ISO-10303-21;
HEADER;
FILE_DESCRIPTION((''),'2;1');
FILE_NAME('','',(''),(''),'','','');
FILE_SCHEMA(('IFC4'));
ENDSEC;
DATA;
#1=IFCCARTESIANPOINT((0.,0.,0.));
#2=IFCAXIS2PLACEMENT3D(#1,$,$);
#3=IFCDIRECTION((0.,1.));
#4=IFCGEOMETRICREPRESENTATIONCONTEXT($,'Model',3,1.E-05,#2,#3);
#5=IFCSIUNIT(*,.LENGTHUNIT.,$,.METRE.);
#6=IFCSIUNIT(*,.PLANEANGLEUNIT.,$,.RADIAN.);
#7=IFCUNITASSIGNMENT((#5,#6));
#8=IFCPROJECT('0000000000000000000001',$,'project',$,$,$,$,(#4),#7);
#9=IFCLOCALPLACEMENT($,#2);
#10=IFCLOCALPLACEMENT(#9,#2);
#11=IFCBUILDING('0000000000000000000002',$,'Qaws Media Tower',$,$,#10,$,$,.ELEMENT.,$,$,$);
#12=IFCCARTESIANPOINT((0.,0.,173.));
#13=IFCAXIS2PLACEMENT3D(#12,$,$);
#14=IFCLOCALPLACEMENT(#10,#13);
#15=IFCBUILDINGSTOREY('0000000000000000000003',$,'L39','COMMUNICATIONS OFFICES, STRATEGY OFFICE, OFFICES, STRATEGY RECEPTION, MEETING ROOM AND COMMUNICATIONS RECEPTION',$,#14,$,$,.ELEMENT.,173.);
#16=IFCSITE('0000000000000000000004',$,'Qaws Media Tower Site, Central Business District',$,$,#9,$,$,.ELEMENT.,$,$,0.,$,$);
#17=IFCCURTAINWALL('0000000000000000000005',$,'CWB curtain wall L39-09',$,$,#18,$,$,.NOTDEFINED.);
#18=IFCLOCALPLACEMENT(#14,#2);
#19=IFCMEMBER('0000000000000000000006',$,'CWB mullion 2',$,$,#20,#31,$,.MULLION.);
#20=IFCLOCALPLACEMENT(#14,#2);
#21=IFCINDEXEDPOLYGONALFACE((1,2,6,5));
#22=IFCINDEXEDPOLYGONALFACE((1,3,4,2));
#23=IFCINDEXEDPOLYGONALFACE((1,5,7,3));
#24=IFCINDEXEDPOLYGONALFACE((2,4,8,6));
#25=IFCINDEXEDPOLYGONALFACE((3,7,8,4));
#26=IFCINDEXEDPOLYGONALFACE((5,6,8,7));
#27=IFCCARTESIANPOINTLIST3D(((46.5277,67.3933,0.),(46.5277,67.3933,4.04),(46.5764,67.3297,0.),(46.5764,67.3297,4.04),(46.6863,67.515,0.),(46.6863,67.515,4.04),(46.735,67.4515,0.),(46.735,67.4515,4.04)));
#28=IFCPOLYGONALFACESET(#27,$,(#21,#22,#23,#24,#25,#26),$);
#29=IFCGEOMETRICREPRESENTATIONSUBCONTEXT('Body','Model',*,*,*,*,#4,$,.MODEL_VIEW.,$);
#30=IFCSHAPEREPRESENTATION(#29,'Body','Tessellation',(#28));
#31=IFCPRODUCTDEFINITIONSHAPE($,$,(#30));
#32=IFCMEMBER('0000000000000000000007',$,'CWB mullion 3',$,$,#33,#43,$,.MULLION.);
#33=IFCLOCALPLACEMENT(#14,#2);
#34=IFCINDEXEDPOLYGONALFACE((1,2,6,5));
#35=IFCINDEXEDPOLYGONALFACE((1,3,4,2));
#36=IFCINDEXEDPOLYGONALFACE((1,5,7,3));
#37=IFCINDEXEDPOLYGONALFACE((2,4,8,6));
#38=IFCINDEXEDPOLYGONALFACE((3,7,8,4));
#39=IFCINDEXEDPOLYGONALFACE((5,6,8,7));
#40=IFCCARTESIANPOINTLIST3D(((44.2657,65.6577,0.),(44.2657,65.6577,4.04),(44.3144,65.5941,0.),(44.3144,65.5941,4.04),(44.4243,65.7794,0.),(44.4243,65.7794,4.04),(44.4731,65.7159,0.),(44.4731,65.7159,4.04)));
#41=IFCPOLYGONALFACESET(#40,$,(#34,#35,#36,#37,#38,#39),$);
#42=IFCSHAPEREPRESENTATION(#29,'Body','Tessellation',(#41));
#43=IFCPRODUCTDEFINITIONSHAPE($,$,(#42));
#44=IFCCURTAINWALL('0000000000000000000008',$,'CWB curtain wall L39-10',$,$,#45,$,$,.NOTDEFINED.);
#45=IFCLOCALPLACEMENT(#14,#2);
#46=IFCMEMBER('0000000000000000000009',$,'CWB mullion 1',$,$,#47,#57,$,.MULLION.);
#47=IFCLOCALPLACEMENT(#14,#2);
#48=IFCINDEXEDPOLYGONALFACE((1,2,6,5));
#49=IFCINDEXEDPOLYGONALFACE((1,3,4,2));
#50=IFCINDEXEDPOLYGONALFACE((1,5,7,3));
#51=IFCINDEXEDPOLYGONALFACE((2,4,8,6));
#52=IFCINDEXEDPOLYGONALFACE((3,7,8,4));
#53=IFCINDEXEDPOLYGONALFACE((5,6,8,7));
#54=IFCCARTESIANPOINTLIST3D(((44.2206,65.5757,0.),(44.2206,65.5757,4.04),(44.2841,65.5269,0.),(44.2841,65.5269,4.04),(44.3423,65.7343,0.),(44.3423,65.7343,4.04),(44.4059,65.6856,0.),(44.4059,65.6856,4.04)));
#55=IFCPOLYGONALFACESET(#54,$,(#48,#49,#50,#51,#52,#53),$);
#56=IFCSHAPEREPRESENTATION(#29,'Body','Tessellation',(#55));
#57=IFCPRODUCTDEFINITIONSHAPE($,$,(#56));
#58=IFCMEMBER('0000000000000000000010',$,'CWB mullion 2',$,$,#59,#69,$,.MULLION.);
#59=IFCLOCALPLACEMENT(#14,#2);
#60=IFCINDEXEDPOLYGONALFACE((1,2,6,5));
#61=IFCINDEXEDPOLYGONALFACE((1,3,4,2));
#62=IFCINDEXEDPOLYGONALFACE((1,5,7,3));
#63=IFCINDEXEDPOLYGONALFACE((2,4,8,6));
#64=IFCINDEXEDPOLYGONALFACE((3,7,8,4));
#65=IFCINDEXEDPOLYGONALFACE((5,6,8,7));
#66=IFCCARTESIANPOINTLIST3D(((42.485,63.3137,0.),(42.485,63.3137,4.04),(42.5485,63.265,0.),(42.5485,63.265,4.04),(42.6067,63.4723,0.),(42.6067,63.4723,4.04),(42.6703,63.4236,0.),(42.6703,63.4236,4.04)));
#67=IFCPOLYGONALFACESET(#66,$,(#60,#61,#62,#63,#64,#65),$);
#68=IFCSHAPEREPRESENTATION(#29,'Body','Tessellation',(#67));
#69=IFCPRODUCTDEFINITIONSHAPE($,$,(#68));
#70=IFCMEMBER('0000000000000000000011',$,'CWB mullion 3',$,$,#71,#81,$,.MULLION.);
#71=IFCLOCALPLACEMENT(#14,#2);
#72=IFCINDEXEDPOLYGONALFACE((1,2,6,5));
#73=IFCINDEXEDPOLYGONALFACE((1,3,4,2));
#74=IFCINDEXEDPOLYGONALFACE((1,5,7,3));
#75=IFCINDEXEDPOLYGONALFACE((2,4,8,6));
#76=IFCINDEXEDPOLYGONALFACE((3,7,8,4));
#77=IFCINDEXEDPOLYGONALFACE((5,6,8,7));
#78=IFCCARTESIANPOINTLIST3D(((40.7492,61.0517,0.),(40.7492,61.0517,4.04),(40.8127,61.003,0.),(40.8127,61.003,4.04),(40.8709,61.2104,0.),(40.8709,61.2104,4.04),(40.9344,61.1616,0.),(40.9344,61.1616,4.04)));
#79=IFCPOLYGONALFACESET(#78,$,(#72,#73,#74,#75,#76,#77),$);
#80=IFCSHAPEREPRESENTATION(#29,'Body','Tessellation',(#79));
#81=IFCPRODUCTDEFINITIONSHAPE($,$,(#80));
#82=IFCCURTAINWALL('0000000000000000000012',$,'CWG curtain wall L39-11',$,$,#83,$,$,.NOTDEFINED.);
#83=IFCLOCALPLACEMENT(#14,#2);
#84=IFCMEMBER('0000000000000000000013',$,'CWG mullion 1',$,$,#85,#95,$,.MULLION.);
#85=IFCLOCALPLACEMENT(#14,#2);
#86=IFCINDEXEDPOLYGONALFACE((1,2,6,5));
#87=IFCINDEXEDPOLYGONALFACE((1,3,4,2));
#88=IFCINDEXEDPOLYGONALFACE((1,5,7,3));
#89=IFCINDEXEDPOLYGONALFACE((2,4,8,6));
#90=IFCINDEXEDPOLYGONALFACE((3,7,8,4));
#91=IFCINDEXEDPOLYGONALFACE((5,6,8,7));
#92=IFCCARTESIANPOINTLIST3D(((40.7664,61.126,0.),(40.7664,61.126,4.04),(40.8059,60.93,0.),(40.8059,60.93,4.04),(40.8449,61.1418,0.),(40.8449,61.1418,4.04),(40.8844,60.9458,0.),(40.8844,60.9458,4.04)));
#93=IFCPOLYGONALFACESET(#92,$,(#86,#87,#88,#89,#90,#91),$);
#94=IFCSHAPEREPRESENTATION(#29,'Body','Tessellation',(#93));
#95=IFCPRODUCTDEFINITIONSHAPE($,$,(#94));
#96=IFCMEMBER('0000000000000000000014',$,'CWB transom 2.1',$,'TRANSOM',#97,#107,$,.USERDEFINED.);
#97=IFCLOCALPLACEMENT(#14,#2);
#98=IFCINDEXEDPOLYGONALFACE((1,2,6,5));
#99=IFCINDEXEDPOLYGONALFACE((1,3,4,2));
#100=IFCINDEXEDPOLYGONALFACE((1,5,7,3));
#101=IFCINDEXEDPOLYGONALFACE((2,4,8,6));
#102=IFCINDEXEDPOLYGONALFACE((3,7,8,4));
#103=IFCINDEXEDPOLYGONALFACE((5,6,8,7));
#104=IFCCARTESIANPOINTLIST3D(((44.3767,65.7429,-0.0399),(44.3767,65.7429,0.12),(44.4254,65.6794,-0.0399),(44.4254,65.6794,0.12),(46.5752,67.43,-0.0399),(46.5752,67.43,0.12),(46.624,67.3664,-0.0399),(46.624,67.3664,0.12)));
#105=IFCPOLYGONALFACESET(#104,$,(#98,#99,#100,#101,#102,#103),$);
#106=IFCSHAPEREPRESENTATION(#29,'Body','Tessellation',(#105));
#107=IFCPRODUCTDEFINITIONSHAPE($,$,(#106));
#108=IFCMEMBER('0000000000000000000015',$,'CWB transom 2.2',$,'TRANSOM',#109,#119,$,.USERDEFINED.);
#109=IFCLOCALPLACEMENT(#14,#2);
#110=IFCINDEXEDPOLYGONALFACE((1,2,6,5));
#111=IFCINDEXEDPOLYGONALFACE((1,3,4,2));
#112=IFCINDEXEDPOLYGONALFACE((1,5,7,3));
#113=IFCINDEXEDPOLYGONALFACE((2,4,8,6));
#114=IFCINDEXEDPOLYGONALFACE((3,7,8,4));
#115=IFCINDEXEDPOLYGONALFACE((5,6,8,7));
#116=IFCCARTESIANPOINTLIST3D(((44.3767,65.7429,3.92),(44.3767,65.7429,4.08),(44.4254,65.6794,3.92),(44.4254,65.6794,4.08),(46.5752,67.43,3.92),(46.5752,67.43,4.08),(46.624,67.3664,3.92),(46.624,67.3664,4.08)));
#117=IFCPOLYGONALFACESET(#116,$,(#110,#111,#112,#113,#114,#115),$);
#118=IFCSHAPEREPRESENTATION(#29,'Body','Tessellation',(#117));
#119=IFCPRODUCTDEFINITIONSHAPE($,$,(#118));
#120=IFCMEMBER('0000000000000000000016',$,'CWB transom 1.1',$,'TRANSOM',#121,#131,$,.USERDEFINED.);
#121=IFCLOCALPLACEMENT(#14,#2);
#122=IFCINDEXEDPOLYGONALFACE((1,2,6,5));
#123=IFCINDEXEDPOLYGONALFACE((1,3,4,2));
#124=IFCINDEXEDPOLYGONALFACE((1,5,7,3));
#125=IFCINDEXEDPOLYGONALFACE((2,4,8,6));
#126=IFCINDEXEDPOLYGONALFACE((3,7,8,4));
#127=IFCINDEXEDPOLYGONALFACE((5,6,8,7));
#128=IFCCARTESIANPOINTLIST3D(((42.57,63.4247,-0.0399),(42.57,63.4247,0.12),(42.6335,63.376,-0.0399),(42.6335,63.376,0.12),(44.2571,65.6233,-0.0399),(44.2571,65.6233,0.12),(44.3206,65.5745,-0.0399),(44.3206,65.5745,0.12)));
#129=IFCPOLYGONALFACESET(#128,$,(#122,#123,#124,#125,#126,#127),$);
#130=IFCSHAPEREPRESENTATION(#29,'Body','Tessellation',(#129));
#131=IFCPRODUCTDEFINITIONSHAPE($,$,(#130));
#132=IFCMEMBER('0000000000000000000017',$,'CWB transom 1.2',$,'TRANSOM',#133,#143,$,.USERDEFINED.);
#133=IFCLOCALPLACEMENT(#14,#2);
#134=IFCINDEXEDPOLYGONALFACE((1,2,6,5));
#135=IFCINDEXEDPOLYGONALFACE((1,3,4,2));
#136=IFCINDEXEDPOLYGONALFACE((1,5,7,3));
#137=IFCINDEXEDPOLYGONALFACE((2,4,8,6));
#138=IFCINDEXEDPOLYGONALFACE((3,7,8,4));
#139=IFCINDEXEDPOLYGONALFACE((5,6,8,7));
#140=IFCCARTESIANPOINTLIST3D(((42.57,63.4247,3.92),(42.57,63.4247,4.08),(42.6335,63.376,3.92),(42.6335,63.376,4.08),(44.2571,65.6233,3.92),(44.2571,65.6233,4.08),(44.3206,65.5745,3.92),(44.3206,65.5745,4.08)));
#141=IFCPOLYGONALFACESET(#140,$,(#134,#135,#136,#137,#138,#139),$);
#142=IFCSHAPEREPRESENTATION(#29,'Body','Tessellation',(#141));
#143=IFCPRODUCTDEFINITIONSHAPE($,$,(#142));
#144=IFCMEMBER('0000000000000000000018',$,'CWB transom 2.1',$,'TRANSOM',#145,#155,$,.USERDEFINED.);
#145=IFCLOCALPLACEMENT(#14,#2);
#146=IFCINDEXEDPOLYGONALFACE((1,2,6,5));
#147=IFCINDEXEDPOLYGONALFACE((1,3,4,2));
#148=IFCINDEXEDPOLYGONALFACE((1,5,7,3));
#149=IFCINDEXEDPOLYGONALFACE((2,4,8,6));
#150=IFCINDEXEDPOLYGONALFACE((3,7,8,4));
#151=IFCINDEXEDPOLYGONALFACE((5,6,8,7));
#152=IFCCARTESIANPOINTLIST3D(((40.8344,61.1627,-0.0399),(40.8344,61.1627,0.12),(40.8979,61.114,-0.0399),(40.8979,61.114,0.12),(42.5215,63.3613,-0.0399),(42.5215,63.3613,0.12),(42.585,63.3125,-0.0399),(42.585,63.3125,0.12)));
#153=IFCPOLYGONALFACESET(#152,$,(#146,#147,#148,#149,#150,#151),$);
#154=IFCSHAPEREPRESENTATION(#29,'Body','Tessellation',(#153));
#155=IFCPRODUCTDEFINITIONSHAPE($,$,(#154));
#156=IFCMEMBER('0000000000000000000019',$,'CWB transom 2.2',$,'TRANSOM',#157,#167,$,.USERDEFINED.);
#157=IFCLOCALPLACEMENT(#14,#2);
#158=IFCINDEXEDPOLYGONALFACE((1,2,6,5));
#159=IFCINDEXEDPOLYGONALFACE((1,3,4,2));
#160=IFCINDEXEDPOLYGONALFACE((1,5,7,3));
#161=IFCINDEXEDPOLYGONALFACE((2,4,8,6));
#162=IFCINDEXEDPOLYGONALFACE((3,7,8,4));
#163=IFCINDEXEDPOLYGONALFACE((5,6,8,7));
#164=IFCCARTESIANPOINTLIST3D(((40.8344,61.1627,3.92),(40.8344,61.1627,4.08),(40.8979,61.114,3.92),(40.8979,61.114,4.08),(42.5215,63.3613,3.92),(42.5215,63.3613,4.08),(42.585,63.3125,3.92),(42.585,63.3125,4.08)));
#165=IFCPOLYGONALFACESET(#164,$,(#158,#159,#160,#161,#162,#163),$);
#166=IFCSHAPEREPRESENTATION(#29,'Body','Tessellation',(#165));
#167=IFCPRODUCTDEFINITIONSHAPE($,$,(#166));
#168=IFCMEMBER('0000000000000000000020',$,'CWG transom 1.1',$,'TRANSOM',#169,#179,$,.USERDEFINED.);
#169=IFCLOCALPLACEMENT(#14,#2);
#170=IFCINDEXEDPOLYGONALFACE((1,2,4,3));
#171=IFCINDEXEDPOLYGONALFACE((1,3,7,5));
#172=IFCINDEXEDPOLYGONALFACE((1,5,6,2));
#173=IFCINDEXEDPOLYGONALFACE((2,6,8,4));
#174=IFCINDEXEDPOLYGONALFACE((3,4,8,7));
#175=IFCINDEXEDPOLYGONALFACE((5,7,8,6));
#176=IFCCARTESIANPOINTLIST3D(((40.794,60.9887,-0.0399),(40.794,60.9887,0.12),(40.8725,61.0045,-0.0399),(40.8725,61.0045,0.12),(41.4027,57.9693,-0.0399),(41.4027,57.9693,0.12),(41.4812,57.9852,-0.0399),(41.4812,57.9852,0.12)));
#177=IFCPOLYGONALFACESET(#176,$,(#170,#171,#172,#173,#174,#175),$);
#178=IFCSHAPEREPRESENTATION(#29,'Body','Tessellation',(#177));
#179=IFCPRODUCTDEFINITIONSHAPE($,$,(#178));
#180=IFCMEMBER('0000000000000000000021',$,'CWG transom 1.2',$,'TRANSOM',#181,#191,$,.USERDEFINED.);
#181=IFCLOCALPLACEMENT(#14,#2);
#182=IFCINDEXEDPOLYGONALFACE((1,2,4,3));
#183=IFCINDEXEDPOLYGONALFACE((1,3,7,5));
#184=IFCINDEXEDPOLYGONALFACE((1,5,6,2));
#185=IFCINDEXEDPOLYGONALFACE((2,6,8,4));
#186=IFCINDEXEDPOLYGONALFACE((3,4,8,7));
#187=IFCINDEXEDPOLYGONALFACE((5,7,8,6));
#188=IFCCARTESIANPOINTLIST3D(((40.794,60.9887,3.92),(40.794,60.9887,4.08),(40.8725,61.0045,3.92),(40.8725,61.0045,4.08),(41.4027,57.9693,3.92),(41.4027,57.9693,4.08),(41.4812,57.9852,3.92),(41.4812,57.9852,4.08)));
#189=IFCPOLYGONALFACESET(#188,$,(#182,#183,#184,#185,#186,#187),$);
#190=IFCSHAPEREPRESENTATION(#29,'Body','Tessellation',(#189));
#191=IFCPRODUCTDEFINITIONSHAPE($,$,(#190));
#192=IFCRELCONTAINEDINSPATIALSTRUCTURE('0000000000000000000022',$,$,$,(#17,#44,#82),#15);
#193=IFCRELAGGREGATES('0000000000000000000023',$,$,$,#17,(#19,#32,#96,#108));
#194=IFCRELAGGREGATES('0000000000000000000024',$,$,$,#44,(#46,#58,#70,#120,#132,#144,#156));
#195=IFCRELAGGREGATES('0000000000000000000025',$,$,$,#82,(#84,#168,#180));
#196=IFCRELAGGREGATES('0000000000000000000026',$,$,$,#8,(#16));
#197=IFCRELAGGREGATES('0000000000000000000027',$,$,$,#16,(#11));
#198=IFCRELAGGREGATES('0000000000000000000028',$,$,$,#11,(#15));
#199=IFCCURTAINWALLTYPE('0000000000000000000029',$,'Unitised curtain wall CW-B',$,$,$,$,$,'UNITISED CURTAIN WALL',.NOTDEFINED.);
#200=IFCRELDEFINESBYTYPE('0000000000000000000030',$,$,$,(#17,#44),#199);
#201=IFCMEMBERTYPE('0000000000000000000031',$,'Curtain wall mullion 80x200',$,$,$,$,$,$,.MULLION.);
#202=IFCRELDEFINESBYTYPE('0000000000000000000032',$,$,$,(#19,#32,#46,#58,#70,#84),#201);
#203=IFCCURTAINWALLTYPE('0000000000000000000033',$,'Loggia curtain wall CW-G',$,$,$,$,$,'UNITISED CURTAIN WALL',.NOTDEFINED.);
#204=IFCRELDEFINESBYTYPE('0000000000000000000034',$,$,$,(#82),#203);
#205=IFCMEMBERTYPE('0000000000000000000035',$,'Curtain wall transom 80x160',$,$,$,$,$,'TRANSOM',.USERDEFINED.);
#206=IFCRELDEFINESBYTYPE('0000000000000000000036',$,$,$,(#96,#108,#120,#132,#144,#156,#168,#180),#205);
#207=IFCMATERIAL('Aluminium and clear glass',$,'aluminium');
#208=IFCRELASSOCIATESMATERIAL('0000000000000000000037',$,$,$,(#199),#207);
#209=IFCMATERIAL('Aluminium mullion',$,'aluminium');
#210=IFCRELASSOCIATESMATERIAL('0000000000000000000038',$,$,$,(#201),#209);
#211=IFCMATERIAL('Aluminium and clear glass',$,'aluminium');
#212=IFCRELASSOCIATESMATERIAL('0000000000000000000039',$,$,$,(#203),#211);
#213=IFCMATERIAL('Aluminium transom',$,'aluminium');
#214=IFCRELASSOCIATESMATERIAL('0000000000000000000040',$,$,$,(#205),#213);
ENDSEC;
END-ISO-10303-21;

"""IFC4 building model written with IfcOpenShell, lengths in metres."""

from ifc_helpers import new_model, si_unit, direction, frame, origin, origin_2d, place, context, subcontext, project, spatial, rectangle, extrude, material, material_profile, profile_set, type_object, element, aggregate, save


model = new_model("IFC4")

# Units and contexts
model_context = context("Model", 3, precision=1e-05, world=origin(), true_north=direction((0.0, 1.0)))
body_context = subcontext(model_context, "Body", "Model", "MODEL_VIEW")
ifc_project = project(units=[si_unit("LENGTHUNIT", "METRE"), si_unit("PLANEANGLEUNIT", "RADIAN")], contexts=[model_context])

# Site, building, storey
site_placement = place(None, origin())
site = spatial("IfcSite", under=ifc_project, at=site_placement, Name="Qaws Media Tower Site, Central Business District", CompositionType="ELEMENT", RefElevation=0.0)
building_placement = place(site_placement, origin())
building = spatial("IfcBuilding", under=site, at=building_placement, Name="Qaws Media Tower", CompositionType="ELEMENT")
storey_placement = place(building_placement, frame((0.0, 0.0, 173.0)))
storey = spatial("IfcBuildingStorey", under=building, at=storey_placement, Name="L39", Description="COMMUNICATIONS OFFICES, STRATEGY OFFICE, OFFICES, STRATEGY RECEPTION, MEETING ROOM AND COMMUNICATIONS RECEPTION", CompositionType="ELEMENT", Elevation=173.0)

# Curtain walls, members
ifc_material_1 = material(Name="Aluminium and clear glass", Category="aluminium")
curtain_wall_type_1 = type_object("IfcCurtainWallType", Name="Unitised curtain wall CW-B", ElementType="UNITISED CURTAIN WALL", PredefinedType="NOTDEFINED", material=ifc_material_1)
curtain_wall_1_placement = place(storey_placement, origin())
curtain_wall_1 = element("IfcCurtainWall", 1, at=curtain_wall_1_placement, inside=storey, type_object=curtain_wall_type_1, Name="CWB curtain wall L39-09", PredefinedType="NOTDEFINED")
ifc_material_2 = material(Name="Aluminium mullion", Category="aluminium")
ifc_material_profile_1 = material_profile(ifc_material_2, rectangle(XDim=0.0801, YDim=0.2, at=origin_2d()), Name="80x200")
ifc_profile_set_1 = profile_set([ifc_material_profile_1], Name="Aluminium mullion")
member_type_1 = type_object("IfcMemberType", Name="Curtain wall mullion 80x200", PredefinedType="MULLION", material=ifc_profile_set_1)
member_1_placement = place(storey_placement, frame((46.6313, 67.4224, 0.0), z_axis=(0.0, 0.0, 1.0), x_axis=(0.608762, -0.793353, 0.0)))
member_1 = element("IfcMember", 2, at=member_1_placement, type_object=member_type_1, Name="CWB mullion 2", PredefinedType="MULLION", context=body_context, shape_type="SweptSolid", body=[
    extrude(rectangle(XDim=0.0801, YDim=0.2, at=origin_2d()), origin(), (0.0, 0.0, 1.0), 4.04),
])
member_2_placement = place(storey_placement, frame((44.3694, 65.6868, 0.0), z_axis=(0.0, 0.0, 1.0), x_axis=(0.608762, -0.793353, 0.0)))
member_2 = element("IfcMember", 3, at=member_2_placement, type_object=member_type_1, Name="CWB mullion 3", PredefinedType="MULLION", context=body_context, shape_type="SweptSolid", body=[
    extrude(rectangle(XDim=0.0801, YDim=0.2, at=origin_2d()), origin(), (0.0, 0.0, 1.0), 4.04),
])
curtain_wall_2_placement = place(storey_placement, origin())
curtain_wall_2 = element("IfcCurtainWall", 4, at=curtain_wall_2_placement, inside=storey, type_object=curtain_wall_type_1, Name="CWB curtain wall L39-10", PredefinedType="NOTDEFINED")
member_3_placement = place(storey_placement, frame((44.3132, 65.6306, 0.0), z_axis=(0.0, 0.0, 1.0), x_axis=(0.793353, -0.608762, 0.0)))
member_3 = element("IfcMember", 5, at=member_3_placement, type_object=member_type_1, Name="CWB mullion 1", PredefinedType="MULLION", context=body_context, shape_type="SweptSolid", body=[
    extrude(rectangle(XDim=0.0801, YDim=0.2, at=origin_2d()), origin(), (0.0, 0.0, 1.0), 4.04),
])
member_4_placement = place(storey_placement, frame((42.5776, 63.3687, 0.0), z_axis=(0.0, 0.0, 1.0), x_axis=(0.793353, -0.608762, 0.0)))
member_4 = element("IfcMember", 6, at=member_4_placement, type_object=member_type_1, Name="CWB mullion 2", PredefinedType="MULLION", context=body_context, shape_type="SweptSolid", body=[
    extrude(rectangle(XDim=0.0801, YDim=0.2, at=origin_2d()), origin(), (0.0, 0.0, 1.0), 4.04),
])
member_5_placement = place(storey_placement, frame((40.8418, 61.1067, 0.0), z_axis=(0.0, 0.0, 1.0), x_axis=(0.793353, -0.608762, 0.0)))
member_5 = element("IfcMember", 7, at=member_5_placement, type_object=member_type_1, Name="CWB mullion 3", PredefinedType="MULLION", context=body_context, shape_type="SweptSolid", body=[
    extrude(rectangle(XDim=0.0801, YDim=0.2, at=origin_2d()), origin(), (0.0, 0.0, 1.0), 4.04),
])

# Curtain wall, member
ifc_material_3 = material(Name="Aluminium and clear glass", Category="aluminium")
curtain_wall_type_2 = type_object("IfcCurtainWallType", Name="Loggia curtain wall CW-G", ElementType="UNITISED CURTAIN WALL", PredefinedType="NOTDEFINED", material=ifc_material_3)
curtain_wall_3_placement = place(storey_placement, origin())
curtain_wall_3 = element("IfcCurtainWall", 8, at=curtain_wall_3_placement, inside=storey, type_object=curtain_wall_type_2, Name="CWG curtain wall L39-11", PredefinedType="NOTDEFINED")
member_6_placement = place(storey_placement, frame((40.8254, 61.0359, 0.0), z_axis=(0.0, 0.0, 1.0), x_axis=(0.980286, 0.197582, 0.0)))
member_6 = element("IfcMember", 9, at=member_6_placement, type_object=member_type_1, Name="CWG mullion 1", PredefinedType="MULLION", context=body_context, shape_type="SweptSolid", body=[
    extrude(rectangle(XDim=0.0801, YDim=0.2, at=origin_2d()), origin(), (0.0, 0.0, 1.0), 4.04),
])

# Members
ifc_material_4 = material(Name="Aluminium transom", Category="aluminium")
ifc_material_profile_2 = material_profile(ifc_material_4, rectangle(XDim=0.0801, YDim=0.1599, at=origin_2d()), Name="80x160")
ifc_profile_set_2 = profile_set([ifc_material_profile_2], Name="Aluminium transom")
member_type_2 = type_object("IfcMemberType", Name="Curtain wall transom 80x160", ElementType="TRANSOM", PredefinedType="USERDEFINED", material=ifc_profile_set_2)
member_7_placement = place(storey_placement, frame((46.5996, 67.3982, 0.04), z_axis=(-0.793344, -0.608774, 0.0), x_axis=(0.608774, -0.793344, 0.0)))
member_7 = element("IfcMember", 10, at=member_7_placement, type_object=member_type_2, Name="CWB transom 2.1", ObjectType="TRANSOM", PredefinedType="USERDEFINED", context=body_context, shape_type="SweptSolid", body=[
    extrude(rectangle(XDim=0.0801, YDim=0.1599, at=origin_2d()), origin(), (0.0, 0.0, 1.0), 2.7712),
])
member_8_placement = place(storey_placement, frame((46.5996, 67.3982, 4.0), z_axis=(-0.793344, -0.608774, 0.0), x_axis=(0.608774, -0.793344, 0.0)))
member_8 = element("IfcMember", 11, at=member_8_placement, type_object=member_type_2, Name="CWB transom 2.2", ObjectType="TRANSOM", PredefinedType="USERDEFINED", context=body_context, shape_type="SweptSolid", body=[
    extrude(rectangle(XDim=0.0801, YDim=0.1599, at=origin_2d()), origin(), (0.0, 0.0, 1.0), 2.7712),
])
member_9_placement = place(storey_placement, frame((44.2888, 65.5989, 0.04), z_axis=(-0.608774, -0.793344, 0.0), x_axis=(0.793344, -0.608774, 0.0)))
member_9 = element("IfcMember", 12, at=member_9_placement, type_object=member_type_2, Name="CWB transom 1.1", ObjectType="TRANSOM", PredefinedType="USERDEFINED", context=body_context, shape_type="SweptSolid", body=[
    extrude(rectangle(XDim=0.0801, YDim=0.1599, at=origin_2d()), origin(), (0.0, 0.0, 1.0), 2.7712),
])
member_10_placement = place(storey_placement, frame((44.2888, 65.5989, 4.0), z_axis=(-0.608774, -0.793344, 0.0), x_axis=(0.793344, -0.608774, 0.0)))
member_10 = element("IfcMember", 13, at=member_10_placement, type_object=member_type_2, Name="CWB transom 1.2", ObjectType="TRANSOM", PredefinedType="USERDEFINED", context=body_context, shape_type="SweptSolid", body=[
    extrude(rectangle(XDim=0.0801, YDim=0.1599, at=origin_2d()), origin(), (0.0, 0.0, 1.0), 2.7712),
])
member_11_placement = place(storey_placement, frame((42.5532, 63.3369, 0.04), z_axis=(-0.608774, -0.793344, 0.0), x_axis=(0.793344, -0.608774, 0.0)))
member_11 = element("IfcMember", 14, at=member_11_placement, type_object=member_type_2, Name="CWB transom 2.1", ObjectType="TRANSOM", PredefinedType="USERDEFINED", context=body_context, shape_type="SweptSolid", body=[
    extrude(rectangle(XDim=0.0801, YDim=0.1599, at=origin_2d()), origin(), (0.0, 0.0, 1.0), 2.7712),
])
member_12_placement = place(storey_placement, frame((42.5532, 63.3369, 4.0), z_axis=(-0.608774, -0.793344, 0.0), x_axis=(0.793344, -0.608774, 0.0)))
member_12 = element("IfcMember", 15, at=member_12_placement, type_object=member_type_2, Name="CWB transom 2.2", ObjectType="TRANSOM", PredefinedType="USERDEFINED", context=body_context, shape_type="SweptSolid", body=[
    extrude(rectangle(XDim=0.0801, YDim=0.1599, at=origin_2d()), origin(), (0.0, 0.0, 1.0), 2.7712),
])
member_13_placement = place(storey_placement, frame((40.8333, 60.9966, 0.04), z_axis=(0.19761, -0.980281, 0.0), x_axis=(0.980281, 0.19761, 0.0)))
member_13 = element("IfcMember", 16, at=member_13_placement, type_object=member_type_2, Name="CWG transom 1.1", ObjectType="TRANSOM", PredefinedType="USERDEFINED", context=body_context, shape_type="SweptSolid", body=[
    extrude(rectangle(XDim=0.0801, YDim=0.1599, at=origin_2d()), origin(), (0.0, 0.0, 1.0), 3.0801),
])
member_14_placement = place(storey_placement, frame((40.8333, 60.9966, 4.0), z_axis=(0.19761, -0.980281, 0.0), x_axis=(0.980281, 0.19761, 0.0)))
member_14 = element("IfcMember", 17, at=member_14_placement, type_object=member_type_2, Name="CWG transom 1.2", ObjectType="TRANSOM", PredefinedType="USERDEFINED", context=body_context, shape_type="SweptSolid", body=[
    extrude(rectangle(XDim=0.0801, YDim=0.1599, at=origin_2d()), origin(), (0.0, 0.0, 1.0), 3.0801),
])

aggregate(curtain_wall_1, [member_1, member_2, member_7, member_8])
aggregate(curtain_wall_2, [member_3, member_4, member_5, member_9, member_10, member_11, member_12])
aggregate(curtain_wall_3, [member_6, member_13, member_14])

save(model, "model.ifc")
